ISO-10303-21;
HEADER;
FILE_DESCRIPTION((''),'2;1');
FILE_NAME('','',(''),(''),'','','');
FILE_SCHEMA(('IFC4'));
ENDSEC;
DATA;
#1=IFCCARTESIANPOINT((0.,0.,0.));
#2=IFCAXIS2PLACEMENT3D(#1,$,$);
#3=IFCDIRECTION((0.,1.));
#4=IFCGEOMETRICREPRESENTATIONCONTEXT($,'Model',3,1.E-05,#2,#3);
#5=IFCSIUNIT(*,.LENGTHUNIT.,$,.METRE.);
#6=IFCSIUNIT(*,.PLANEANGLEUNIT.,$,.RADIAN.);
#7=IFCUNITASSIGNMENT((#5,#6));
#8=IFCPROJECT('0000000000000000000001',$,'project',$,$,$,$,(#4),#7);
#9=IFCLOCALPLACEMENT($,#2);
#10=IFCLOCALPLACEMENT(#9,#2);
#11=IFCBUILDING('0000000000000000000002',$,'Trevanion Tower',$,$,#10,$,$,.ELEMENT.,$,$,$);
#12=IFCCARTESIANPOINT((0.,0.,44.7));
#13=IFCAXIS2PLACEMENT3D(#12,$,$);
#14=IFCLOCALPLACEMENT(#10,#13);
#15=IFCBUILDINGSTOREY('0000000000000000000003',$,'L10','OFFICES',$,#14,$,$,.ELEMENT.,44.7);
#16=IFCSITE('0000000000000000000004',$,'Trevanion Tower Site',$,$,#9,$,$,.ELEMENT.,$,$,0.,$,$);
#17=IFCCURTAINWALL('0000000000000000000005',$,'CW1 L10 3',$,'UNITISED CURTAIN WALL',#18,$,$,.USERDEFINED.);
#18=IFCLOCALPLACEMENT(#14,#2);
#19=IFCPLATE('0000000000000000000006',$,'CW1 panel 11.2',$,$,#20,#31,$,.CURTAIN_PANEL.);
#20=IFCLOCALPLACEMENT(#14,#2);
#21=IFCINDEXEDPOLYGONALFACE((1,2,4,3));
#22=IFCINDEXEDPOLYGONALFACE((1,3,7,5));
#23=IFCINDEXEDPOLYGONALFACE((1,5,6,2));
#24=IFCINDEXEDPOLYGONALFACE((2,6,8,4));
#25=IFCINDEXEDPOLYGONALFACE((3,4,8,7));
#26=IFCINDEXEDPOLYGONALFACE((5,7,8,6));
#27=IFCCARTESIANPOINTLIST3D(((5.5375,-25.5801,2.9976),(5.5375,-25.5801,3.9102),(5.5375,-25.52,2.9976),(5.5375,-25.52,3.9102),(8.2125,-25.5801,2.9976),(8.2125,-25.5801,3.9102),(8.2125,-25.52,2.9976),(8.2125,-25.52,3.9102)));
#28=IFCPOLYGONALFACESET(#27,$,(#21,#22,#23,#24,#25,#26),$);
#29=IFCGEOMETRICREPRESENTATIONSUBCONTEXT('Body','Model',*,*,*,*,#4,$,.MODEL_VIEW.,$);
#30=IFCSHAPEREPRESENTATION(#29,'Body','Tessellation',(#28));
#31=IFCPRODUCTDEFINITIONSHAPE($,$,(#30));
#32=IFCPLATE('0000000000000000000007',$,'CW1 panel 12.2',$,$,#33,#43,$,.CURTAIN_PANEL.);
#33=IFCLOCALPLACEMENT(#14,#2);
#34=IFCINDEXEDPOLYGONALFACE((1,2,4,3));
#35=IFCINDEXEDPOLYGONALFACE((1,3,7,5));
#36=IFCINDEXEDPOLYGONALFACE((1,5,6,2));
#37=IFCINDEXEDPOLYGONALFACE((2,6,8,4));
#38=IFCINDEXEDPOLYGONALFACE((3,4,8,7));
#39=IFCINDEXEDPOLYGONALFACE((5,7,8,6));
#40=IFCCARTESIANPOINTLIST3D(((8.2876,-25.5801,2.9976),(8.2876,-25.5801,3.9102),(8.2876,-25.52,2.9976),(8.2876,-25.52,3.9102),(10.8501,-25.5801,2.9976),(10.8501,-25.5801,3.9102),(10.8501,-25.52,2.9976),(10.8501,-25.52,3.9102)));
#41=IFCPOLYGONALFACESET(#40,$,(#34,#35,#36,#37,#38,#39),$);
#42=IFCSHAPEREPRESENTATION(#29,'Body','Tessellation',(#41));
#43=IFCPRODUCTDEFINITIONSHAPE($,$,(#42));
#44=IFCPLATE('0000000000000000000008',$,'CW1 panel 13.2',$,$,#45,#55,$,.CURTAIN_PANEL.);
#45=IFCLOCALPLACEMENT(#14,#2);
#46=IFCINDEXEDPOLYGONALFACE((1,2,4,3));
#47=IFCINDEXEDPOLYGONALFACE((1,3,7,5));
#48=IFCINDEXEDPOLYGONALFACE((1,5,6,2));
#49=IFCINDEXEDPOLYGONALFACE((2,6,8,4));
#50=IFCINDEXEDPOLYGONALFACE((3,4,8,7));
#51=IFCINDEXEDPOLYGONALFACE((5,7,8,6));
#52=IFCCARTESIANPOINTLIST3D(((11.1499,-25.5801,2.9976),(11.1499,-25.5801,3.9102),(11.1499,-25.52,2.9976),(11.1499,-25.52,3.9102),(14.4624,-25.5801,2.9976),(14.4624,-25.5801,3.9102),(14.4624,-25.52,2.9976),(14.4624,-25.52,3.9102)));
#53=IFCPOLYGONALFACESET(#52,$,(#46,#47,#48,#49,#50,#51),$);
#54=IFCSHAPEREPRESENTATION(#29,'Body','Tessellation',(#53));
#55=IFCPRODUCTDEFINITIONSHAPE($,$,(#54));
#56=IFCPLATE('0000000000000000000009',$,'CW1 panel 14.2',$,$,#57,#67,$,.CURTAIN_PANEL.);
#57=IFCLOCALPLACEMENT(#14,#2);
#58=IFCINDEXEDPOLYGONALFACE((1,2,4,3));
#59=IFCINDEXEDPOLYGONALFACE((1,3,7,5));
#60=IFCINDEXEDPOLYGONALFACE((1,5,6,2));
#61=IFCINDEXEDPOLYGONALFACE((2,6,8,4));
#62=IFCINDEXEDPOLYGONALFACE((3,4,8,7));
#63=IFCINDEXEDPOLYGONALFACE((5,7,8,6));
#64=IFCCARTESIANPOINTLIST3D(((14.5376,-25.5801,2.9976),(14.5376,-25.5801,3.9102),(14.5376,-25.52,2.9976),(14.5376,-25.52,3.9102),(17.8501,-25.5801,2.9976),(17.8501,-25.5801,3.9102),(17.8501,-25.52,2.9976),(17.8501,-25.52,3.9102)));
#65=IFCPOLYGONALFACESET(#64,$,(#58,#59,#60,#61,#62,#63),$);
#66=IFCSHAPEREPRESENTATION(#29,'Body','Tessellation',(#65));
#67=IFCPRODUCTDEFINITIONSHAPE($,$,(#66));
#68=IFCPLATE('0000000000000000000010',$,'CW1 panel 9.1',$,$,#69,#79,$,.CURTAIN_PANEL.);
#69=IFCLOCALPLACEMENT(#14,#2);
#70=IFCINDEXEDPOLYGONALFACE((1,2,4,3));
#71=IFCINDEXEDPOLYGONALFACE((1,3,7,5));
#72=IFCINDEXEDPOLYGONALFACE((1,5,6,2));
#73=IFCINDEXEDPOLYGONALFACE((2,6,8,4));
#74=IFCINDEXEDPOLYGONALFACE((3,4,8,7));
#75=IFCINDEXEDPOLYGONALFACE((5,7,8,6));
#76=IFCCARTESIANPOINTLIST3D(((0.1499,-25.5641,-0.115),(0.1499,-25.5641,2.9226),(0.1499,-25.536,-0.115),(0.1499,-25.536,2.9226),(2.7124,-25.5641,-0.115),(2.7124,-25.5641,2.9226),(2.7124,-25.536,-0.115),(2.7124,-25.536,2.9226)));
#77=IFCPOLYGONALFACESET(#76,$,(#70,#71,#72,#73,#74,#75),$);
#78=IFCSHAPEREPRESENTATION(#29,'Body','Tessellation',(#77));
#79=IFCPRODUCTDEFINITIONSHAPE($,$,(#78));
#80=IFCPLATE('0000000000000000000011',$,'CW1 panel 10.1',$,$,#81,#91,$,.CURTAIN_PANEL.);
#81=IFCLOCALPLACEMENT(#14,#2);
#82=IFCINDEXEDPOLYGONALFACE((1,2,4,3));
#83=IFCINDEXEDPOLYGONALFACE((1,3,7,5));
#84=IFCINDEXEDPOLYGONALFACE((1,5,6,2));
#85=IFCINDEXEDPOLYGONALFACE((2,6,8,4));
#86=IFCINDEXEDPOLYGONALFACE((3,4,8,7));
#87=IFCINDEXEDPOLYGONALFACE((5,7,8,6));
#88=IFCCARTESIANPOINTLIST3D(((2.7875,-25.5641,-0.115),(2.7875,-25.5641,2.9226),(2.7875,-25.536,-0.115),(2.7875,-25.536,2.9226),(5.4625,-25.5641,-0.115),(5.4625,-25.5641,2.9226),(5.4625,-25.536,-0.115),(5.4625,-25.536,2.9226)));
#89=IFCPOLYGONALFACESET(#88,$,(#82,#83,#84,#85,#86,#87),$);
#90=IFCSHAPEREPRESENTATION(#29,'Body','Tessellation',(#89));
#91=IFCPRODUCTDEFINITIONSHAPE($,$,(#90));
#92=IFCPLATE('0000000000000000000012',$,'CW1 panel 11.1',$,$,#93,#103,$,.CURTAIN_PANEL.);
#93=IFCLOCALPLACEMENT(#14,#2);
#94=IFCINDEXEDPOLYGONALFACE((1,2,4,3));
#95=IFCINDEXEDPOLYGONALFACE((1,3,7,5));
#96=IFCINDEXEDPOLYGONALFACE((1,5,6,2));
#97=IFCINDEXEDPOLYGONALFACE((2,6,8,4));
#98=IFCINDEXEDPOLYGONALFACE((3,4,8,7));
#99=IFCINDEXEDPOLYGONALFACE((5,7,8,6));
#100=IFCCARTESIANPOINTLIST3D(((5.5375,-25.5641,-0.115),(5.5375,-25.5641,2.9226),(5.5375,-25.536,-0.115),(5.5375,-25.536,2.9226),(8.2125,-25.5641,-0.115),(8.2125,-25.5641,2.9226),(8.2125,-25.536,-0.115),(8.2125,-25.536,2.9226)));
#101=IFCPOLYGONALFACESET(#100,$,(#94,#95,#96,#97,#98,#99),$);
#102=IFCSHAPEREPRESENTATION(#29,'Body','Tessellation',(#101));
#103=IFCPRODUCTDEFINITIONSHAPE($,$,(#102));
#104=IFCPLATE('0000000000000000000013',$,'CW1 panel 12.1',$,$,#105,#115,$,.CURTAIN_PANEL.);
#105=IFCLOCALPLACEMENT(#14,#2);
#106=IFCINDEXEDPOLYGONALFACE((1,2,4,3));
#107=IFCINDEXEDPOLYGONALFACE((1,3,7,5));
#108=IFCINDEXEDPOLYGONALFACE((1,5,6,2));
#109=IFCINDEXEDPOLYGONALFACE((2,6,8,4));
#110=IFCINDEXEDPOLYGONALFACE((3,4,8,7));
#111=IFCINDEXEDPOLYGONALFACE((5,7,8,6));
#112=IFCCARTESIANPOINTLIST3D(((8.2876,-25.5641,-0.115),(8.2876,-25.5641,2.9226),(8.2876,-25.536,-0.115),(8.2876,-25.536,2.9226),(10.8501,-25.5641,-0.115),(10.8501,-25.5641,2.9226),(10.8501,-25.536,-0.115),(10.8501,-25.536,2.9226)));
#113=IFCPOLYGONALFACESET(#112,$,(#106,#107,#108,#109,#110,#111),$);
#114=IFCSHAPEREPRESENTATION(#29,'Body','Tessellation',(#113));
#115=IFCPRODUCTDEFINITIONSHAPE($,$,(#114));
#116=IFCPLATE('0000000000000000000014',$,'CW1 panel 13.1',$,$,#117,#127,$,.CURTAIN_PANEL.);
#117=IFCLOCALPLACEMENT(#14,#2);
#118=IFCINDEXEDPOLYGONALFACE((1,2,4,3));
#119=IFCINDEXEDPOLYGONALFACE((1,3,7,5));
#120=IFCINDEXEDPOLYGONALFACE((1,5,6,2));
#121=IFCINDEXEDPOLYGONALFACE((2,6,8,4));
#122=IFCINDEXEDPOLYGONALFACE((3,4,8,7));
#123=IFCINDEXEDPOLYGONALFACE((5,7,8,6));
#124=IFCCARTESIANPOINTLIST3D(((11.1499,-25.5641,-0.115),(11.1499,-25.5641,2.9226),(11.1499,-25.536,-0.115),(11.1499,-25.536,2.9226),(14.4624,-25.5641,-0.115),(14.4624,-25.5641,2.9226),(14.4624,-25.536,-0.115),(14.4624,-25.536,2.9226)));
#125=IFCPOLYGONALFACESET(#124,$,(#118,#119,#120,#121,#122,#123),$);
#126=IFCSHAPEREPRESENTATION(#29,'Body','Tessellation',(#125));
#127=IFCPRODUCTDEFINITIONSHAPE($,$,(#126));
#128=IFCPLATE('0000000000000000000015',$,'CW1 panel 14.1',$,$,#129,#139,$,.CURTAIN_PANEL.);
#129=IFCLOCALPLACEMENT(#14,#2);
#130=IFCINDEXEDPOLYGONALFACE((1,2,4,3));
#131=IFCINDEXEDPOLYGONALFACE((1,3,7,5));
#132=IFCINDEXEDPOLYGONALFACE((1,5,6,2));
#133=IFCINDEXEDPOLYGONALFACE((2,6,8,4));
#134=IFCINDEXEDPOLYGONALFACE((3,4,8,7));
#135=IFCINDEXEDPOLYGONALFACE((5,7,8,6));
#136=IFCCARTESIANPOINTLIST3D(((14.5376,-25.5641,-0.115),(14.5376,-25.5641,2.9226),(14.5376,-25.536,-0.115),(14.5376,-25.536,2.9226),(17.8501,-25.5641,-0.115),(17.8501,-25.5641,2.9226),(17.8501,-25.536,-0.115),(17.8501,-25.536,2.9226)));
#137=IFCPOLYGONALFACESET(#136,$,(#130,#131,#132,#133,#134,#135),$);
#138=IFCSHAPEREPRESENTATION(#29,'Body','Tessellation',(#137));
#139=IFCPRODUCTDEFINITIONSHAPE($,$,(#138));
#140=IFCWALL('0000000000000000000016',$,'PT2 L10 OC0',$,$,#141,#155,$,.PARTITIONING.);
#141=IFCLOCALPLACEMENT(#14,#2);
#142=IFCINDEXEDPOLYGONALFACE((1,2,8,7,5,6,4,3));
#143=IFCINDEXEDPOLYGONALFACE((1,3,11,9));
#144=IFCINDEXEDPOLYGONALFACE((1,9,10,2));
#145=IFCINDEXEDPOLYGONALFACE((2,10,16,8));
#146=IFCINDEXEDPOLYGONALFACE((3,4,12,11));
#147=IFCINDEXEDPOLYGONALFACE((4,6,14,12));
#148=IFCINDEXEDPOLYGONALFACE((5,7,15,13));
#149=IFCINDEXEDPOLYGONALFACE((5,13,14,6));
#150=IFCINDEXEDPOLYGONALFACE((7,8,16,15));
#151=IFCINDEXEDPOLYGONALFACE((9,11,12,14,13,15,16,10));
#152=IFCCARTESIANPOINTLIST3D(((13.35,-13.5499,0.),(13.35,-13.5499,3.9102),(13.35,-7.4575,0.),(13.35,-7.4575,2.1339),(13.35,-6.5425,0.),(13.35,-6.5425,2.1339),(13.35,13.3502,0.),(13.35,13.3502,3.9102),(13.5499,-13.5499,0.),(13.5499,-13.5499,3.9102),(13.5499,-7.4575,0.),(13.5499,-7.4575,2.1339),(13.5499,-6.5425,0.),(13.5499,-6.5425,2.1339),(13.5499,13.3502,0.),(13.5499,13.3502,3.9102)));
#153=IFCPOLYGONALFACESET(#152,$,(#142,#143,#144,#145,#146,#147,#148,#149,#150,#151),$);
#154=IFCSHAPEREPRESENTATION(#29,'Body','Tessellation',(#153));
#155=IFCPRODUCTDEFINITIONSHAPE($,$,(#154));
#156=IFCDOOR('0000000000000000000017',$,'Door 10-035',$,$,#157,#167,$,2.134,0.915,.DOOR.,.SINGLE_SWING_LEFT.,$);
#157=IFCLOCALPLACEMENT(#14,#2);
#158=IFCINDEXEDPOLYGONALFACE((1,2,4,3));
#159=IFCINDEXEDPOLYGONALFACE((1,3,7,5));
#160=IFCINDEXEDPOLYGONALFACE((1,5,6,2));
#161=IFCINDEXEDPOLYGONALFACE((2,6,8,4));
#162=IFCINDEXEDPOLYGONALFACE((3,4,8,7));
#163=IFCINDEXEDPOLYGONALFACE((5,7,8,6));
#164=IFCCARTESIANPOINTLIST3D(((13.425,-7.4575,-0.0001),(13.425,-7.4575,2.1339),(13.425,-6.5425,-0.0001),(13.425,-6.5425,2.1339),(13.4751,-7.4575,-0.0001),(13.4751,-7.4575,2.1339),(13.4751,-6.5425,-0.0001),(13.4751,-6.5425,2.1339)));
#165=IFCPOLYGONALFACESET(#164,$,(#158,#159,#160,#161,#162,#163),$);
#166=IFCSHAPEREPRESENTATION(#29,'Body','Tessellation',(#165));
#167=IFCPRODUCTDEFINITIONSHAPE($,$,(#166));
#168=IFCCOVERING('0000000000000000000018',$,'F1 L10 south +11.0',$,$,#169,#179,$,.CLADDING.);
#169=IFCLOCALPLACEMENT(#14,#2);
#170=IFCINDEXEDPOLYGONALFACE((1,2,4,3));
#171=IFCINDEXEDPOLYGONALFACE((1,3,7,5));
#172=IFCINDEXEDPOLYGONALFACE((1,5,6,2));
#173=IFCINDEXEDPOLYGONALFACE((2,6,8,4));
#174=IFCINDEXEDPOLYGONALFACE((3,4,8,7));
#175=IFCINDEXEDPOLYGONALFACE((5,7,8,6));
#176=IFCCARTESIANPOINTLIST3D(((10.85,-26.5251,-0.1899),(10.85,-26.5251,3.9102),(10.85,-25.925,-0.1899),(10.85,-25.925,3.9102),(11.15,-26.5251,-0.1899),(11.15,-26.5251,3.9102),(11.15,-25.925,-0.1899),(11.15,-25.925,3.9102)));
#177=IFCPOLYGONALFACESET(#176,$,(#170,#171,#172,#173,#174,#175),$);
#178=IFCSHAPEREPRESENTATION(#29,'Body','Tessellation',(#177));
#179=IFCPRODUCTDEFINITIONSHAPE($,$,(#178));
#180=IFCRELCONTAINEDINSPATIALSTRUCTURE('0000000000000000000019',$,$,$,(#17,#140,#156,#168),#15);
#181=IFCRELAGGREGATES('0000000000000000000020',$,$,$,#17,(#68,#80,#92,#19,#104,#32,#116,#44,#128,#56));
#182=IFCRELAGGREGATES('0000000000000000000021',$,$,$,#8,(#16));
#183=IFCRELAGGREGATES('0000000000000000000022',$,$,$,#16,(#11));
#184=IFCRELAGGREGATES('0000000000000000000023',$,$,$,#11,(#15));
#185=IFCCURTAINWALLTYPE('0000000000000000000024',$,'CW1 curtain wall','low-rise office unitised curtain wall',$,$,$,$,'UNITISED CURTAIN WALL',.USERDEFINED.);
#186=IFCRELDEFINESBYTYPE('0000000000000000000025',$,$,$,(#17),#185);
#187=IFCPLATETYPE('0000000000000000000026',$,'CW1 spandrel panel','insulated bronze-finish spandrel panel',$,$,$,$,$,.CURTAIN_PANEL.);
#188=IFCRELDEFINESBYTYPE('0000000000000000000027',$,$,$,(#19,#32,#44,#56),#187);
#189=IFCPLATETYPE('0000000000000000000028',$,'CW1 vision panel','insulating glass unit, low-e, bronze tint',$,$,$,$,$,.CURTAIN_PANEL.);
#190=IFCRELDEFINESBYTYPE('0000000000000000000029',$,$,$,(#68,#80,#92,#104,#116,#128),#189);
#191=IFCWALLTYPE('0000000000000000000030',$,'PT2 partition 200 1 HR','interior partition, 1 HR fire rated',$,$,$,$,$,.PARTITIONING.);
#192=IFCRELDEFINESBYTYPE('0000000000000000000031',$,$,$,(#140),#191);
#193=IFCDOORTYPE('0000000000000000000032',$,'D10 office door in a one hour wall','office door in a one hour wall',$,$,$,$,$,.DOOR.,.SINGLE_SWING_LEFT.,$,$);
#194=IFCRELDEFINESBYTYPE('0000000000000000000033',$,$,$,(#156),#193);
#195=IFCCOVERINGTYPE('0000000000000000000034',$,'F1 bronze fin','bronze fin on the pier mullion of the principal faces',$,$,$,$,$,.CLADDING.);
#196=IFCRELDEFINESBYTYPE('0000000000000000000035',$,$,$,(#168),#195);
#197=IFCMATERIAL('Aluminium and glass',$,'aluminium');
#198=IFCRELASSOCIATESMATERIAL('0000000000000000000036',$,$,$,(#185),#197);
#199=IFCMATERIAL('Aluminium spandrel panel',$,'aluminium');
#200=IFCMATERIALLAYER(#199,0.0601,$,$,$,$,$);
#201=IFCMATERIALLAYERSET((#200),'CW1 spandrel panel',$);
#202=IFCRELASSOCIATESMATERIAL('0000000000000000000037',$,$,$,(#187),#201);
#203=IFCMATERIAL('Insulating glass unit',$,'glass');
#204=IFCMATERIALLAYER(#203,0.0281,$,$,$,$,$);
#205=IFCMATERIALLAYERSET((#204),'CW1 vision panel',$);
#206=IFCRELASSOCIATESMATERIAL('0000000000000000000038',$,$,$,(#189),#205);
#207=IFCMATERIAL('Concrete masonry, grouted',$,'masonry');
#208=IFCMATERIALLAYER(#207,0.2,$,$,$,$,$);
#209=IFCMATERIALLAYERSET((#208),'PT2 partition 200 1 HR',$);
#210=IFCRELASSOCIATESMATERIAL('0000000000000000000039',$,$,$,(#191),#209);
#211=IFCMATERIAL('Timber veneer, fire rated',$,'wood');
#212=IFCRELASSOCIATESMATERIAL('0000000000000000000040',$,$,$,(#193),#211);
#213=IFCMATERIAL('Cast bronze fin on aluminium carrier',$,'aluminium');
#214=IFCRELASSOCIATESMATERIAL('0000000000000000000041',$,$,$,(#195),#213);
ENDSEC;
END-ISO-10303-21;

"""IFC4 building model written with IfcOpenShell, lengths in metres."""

from ifc_helpers import new_model, si_unit, direction, frame, frame_2d, origin, origin_2d, place, context, subcontext, project, spatial, rectangle, extrude, material, layer, layer_set, type_object, element, fill, aggregate, save


model = new_model("IFC4")

# Units and contexts
model_context = context("Model", 3, precision=1e-05, world=origin(), true_north=direction((0.0, 1.0)))
body_context = subcontext(model_context, "Body", "Model", "MODEL_VIEW")
ifc_project = project(units=[si_unit("LENGTHUNIT", "METRE"), si_unit("PLANEANGLEUNIT", "RADIAN")], contexts=[model_context])

# Site, building, storey
site_placement = place(None, origin())
site = spatial("IfcSite", under=ifc_project, at=site_placement, Name="Trevanion Tower Site", CompositionType="ELEMENT", RefElevation=0.0)
building_placement = place(site_placement, origin())
building = spatial("IfcBuilding", under=site, at=building_placement, Name="Trevanion Tower", CompositionType="ELEMENT")
storey_placement = place(building_placement, frame((0.0, 0.0, 44.7)))
storey = spatial("IfcBuildingStorey", under=building, at=storey_placement, Name="L10", Description="OFFICES", CompositionType="ELEMENT", Elevation=44.7)

# Curtain wall
ifc_material_1 = material(Name="Aluminium and glass", Category="aluminium")
curtain_wall_type = type_object("IfcCurtainWallType", Name="CW1 curtain wall", Description="low-rise office unitised curtain wall", ElementType="UNITISED CURTAIN WALL", PredefinedType="USERDEFINED", material=ifc_material_1)
curtain_wall_placement = place(storey_placement, origin())
curtain_wall = element("IfcCurtainWall", 1, at=curtain_wall_placement, inside=storey, type_object=curtain_wall_type, Name="CW1 L10 3", ObjectType="UNITISED CURTAIN WALL", PredefinedType="USERDEFINED")

# Plates
ifc_material_2 = material(Name="Aluminium spandrel panel", Category="aluminium")
ifc_layer_1 = layer(ifc_material_2, 0.0601)
ifc_layer_set_1 = layer_set([ifc_layer_1], Name="CW1 spandrel panel")
plate_type_1 = type_object("IfcPlateType", Name="CW1 spandrel panel", Description="insulated bronze-finish spandrel panel", PredefinedType="CURTAIN_PANEL", material=ifc_layer_set_1)
plate_1_placement = place(storey_placement, frame((6.875, -25.55, 2.9976), z_axis=(0.0, 0.0, 1.0), x_axis=(1.0, 0.0, 0.0)))
plate_1 = element("IfcPlate", 2, at=plate_1_placement, type_object=plate_type_1, Name="CW1 panel 11.2", PredefinedType="CURTAIN_PANEL", context=body_context, shape_type="SweptSolid", body=[
    extrude(rectangle(XDim=2.675, YDim=0.0601, at=origin_2d()), origin(), (0.0, 0.0, 1.0), 0.9126),
])
plate_2_placement = place(storey_placement, frame((9.5688, -25.55, 2.9976), z_axis=(0.0, 0.0, 1.0), x_axis=(1.0, 0.0, 0.0)))
plate_2 = element("IfcPlate", 3, at=plate_2_placement, type_object=plate_type_1, Name="CW1 panel 12.2", PredefinedType="CURTAIN_PANEL", context=body_context, shape_type="SweptSolid", body=[
    extrude(rectangle(XDim=2.5625, YDim=0.0601, at=origin_2d()), origin(), (0.0, 0.0, 1.0), 0.9126),
])
plate_3_placement = place(storey_placement, frame((12.8062, -25.55, 2.9976), z_axis=(0.0, 0.0, 1.0), x_axis=(1.0, 0.0, 0.0)))
plate_3 = element("IfcPlate", 4, at=plate_3_placement, type_object=plate_type_1, Name="CW1 panel 13.2", PredefinedType="CURTAIN_PANEL", context=body_context, shape_type="SweptSolid", body=[
    extrude(rectangle(XDim=3.3125, YDim=0.0601, at=origin_2d()), origin(), (0.0, 0.0, 1.0), 0.9126),
])
plate_4_placement = place(storey_placement, frame((16.1938, -25.55, 2.9976), z_axis=(0.0, 0.0, 1.0), x_axis=(1.0, 0.0, 0.0)))
plate_4 = element("IfcPlate", 5, at=plate_4_placement, type_object=plate_type_1, Name="CW1 panel 14.2", PredefinedType="CURTAIN_PANEL", context=body_context, shape_type="SweptSolid", body=[
    extrude(rectangle(XDim=3.3125, YDim=0.0601, at=origin_2d()), origin(), (0.0, 0.0, 1.0), 0.9126),
])
ifc_material_3 = material(Name="Insulating glass unit", Category="glass")
ifc_layer_2 = layer(ifc_material_3, 0.0281)
ifc_layer_set_2 = layer_set([ifc_layer_2], Name="CW1 vision panel")
plate_type_2 = type_object("IfcPlateType", Name="CW1 vision panel", Description="insulating glass unit, low-e, bronze tint", PredefinedType="CURTAIN_PANEL", material=ifc_layer_set_2)
plate_5_placement = place(storey_placement, frame((1.4312, -25.55, -0.115), z_axis=(0.0, 0.0, 1.0), x_axis=(1.0, 0.0, 0.0)))
plate_5 = element("IfcPlate", 6, at=plate_5_placement, type_object=plate_type_2, Name="CW1 panel 9.1", PredefinedType="CURTAIN_PANEL", context=body_context, shape_type="SweptSolid", body=[
    extrude(rectangle(XDim=2.5625, YDim=0.0281, at=origin_2d()), origin(), (0.0, 0.0, 1.0), 3.0376),
])
plate_6_placement = place(storey_placement, frame((4.125, -25.55, -0.115), z_axis=(0.0, 0.0, 1.0), x_axis=(1.0, 0.0, 0.0)))
plate_6 = element("IfcPlate", 7, at=plate_6_placement, type_object=plate_type_2, Name="CW1 panel 10.1", PredefinedType="CURTAIN_PANEL", context=body_context, shape_type="SweptSolid", body=[
    extrude(rectangle(XDim=2.675, YDim=0.0281, at=origin_2d()), origin(), (0.0, 0.0, 1.0), 3.0376),
])
plate_7_placement = place(storey_placement, frame((6.875, -25.55, -0.115), z_axis=(0.0, 0.0, 1.0), x_axis=(1.0, 0.0, 0.0)))
plate_7 = element("IfcPlate", 8, at=plate_7_placement, type_object=plate_type_2, Name="CW1 panel 11.1", PredefinedType="CURTAIN_PANEL", context=body_context, shape_type="SweptSolid", body=[
    extrude(rectangle(XDim=2.675, YDim=0.0281, at=origin_2d()), origin(), (0.0, 0.0, 1.0), 3.0376),
])
plate_8_placement = place(storey_placement, frame((9.5688, -25.55, -0.115), z_axis=(0.0, 0.0, 1.0), x_axis=(1.0, 0.0, 0.0)))
plate_8 = element("IfcPlate", 9, at=plate_8_placement, type_object=plate_type_2, Name="CW1 panel 12.1", PredefinedType="CURTAIN_PANEL", context=body_context, shape_type="SweptSolid", body=[
    extrude(rectangle(XDim=2.5625, YDim=0.0281, at=origin_2d()), origin(), (0.0, 0.0, 1.0), 3.0376),
])
plate_9_placement = place(storey_placement, frame((12.8062, -25.55, -0.115), z_axis=(0.0, 0.0, 1.0), x_axis=(1.0, 0.0, 0.0)))
plate_9 = element("IfcPlate", 10, at=plate_9_placement, type_object=plate_type_2, Name="CW1 panel 13.1", PredefinedType="CURTAIN_PANEL", context=body_context, shape_type="SweptSolid", body=[
    extrude(rectangle(XDim=3.3125, YDim=0.0281, at=origin_2d()), origin(), (0.0, 0.0, 1.0), 3.0376),
])
plate_10_placement = place(storey_placement, frame((16.1938, -25.55, -0.115), z_axis=(0.0, 0.0, 1.0), x_axis=(1.0, 0.0, 0.0)))
plate_10 = element("IfcPlate", 11, at=plate_10_placement, type_object=plate_type_2, Name="CW1 panel 14.1", PredefinedType="CURTAIN_PANEL", context=body_context, shape_type="SweptSolid", body=[
    extrude(rectangle(XDim=3.3125, YDim=0.0281, at=origin_2d()), origin(), (0.0, 0.0, 1.0), 3.0376),
])
aggregate(curtain_wall, [plate_5, plate_6, plate_7, plate_1, plate_8, plate_2, plate_9, plate_3, plate_10, plate_4])

# Wall, opening, door
ifc_material_4 = material(Name="Concrete masonry, grouted", Category="masonry")
ifc_layer_3 = layer(ifc_material_4, 0.2)
ifc_layer_set_3 = layer_set([ifc_layer_3], Name="PT2 partition 200 1 HR")
wall_type = type_object("IfcWallType", Name="PT2 partition 200 1 HR", Description="interior partition, 1 HR fire rated", PredefinedType="PARTITIONING", material=ifc_layer_set_3)
wall_placement = place(storey_placement, frame((13.45, -13.55, 0.0), z_axis=(0.0, 0.0, 1.0), x_axis=(0.0, 1.0, 0.0)))
wall = element("IfcWall", 12, at=wall_placement, inside=storey, type_object=wall_type, Name="PT2 L10 OC0", PredefinedType="PARTITIONING", context=body_context, shape_type="SweptSolid", body=[
    extrude(rectangle(XDim=26.9001, YDim=0.2, at=frame_2d((13.4502, 0.0))), origin(), (0.0, 0.0, 1.0), 3.9102),
])
opening_placement = place(wall_placement, frame((6.0925, 0.0, 0.0)))
opening = element("IfcOpeningElement", 13, at=opening_placement, cuts=wall, PredefinedType="OPENING", context=body_context, shape_type="SweptSolid", body=[
    extrude(rectangle(XDim=0.915, YDim=2.134, at=frame_2d((0.4575, 1.0669))), frame((0.0, 0.1099, 0.0), z_axis=(0.0, -1.0, 0.0), x_axis=(1.0, 0.0, 0.0)), (0.0, 0.0, 1.0), 0.22),
])
ifc_material_5 = material(Name="Timber veneer, fire rated", Category="wood")
door_type = type_object("IfcDoorType", Name="D10 office door in a one hour wall", Description="office door in a one hour wall", OperationType="SINGLE_SWING_LEFT", PredefinedType="DOOR", material=ifc_material_5)
door_placement = place(opening_placement, origin())
door = element("IfcDoor", 14, at=door_placement, inside=storey, type_object=door_type, Name="Door 10-035", OperationType="SINGLE_SWING_LEFT", OverallHeight=2.134, OverallWidth=0.915, PredefinedType="DOOR", context=body_context, shape_type="SweptSolid", body=[
    extrude(rectangle(XDim=0.915, YDim=2.134, at=frame_2d((0.4575, 1.0669))), frame((0.0, 0.0249, 0.0), z_axis=(0.0, -1.0, 0.0), x_axis=(1.0, 0.0, 0.0)), (0.0, 0.0, 1.0), 0.05),
])
fill(opening, door)

# Covering
ifc_material_6 = material(Name="Cast bronze fin on aluminium carrier", Category="aluminium")
covering_type = type_object("IfcCoveringType", Name="F1 bronze fin", Description="bronze fin on the pier mullion of the principal faces", PredefinedType="CLADDING", material=ifc_material_6)
covering_placement = place(storey_placement, frame((11.0, -26.2251, -0.1899), z_axis=(0.0, 0.0, 1.0), x_axis=(1.0, 0.0, 0.0)))
element("IfcCovering", 15, at=covering_placement, inside=storey, type_object=covering_type, Name="F1 L10 south +11.0", PredefinedType="CLADDING", context=body_context, shape_type="SweptSolid", body=[
    extrude(rectangle(XDim=0.3, YDim=0.6001, at=origin_2d()), origin(), (0.0, 0.0, 1.0), 4.1001),
])

save(model, "model.ifc")
